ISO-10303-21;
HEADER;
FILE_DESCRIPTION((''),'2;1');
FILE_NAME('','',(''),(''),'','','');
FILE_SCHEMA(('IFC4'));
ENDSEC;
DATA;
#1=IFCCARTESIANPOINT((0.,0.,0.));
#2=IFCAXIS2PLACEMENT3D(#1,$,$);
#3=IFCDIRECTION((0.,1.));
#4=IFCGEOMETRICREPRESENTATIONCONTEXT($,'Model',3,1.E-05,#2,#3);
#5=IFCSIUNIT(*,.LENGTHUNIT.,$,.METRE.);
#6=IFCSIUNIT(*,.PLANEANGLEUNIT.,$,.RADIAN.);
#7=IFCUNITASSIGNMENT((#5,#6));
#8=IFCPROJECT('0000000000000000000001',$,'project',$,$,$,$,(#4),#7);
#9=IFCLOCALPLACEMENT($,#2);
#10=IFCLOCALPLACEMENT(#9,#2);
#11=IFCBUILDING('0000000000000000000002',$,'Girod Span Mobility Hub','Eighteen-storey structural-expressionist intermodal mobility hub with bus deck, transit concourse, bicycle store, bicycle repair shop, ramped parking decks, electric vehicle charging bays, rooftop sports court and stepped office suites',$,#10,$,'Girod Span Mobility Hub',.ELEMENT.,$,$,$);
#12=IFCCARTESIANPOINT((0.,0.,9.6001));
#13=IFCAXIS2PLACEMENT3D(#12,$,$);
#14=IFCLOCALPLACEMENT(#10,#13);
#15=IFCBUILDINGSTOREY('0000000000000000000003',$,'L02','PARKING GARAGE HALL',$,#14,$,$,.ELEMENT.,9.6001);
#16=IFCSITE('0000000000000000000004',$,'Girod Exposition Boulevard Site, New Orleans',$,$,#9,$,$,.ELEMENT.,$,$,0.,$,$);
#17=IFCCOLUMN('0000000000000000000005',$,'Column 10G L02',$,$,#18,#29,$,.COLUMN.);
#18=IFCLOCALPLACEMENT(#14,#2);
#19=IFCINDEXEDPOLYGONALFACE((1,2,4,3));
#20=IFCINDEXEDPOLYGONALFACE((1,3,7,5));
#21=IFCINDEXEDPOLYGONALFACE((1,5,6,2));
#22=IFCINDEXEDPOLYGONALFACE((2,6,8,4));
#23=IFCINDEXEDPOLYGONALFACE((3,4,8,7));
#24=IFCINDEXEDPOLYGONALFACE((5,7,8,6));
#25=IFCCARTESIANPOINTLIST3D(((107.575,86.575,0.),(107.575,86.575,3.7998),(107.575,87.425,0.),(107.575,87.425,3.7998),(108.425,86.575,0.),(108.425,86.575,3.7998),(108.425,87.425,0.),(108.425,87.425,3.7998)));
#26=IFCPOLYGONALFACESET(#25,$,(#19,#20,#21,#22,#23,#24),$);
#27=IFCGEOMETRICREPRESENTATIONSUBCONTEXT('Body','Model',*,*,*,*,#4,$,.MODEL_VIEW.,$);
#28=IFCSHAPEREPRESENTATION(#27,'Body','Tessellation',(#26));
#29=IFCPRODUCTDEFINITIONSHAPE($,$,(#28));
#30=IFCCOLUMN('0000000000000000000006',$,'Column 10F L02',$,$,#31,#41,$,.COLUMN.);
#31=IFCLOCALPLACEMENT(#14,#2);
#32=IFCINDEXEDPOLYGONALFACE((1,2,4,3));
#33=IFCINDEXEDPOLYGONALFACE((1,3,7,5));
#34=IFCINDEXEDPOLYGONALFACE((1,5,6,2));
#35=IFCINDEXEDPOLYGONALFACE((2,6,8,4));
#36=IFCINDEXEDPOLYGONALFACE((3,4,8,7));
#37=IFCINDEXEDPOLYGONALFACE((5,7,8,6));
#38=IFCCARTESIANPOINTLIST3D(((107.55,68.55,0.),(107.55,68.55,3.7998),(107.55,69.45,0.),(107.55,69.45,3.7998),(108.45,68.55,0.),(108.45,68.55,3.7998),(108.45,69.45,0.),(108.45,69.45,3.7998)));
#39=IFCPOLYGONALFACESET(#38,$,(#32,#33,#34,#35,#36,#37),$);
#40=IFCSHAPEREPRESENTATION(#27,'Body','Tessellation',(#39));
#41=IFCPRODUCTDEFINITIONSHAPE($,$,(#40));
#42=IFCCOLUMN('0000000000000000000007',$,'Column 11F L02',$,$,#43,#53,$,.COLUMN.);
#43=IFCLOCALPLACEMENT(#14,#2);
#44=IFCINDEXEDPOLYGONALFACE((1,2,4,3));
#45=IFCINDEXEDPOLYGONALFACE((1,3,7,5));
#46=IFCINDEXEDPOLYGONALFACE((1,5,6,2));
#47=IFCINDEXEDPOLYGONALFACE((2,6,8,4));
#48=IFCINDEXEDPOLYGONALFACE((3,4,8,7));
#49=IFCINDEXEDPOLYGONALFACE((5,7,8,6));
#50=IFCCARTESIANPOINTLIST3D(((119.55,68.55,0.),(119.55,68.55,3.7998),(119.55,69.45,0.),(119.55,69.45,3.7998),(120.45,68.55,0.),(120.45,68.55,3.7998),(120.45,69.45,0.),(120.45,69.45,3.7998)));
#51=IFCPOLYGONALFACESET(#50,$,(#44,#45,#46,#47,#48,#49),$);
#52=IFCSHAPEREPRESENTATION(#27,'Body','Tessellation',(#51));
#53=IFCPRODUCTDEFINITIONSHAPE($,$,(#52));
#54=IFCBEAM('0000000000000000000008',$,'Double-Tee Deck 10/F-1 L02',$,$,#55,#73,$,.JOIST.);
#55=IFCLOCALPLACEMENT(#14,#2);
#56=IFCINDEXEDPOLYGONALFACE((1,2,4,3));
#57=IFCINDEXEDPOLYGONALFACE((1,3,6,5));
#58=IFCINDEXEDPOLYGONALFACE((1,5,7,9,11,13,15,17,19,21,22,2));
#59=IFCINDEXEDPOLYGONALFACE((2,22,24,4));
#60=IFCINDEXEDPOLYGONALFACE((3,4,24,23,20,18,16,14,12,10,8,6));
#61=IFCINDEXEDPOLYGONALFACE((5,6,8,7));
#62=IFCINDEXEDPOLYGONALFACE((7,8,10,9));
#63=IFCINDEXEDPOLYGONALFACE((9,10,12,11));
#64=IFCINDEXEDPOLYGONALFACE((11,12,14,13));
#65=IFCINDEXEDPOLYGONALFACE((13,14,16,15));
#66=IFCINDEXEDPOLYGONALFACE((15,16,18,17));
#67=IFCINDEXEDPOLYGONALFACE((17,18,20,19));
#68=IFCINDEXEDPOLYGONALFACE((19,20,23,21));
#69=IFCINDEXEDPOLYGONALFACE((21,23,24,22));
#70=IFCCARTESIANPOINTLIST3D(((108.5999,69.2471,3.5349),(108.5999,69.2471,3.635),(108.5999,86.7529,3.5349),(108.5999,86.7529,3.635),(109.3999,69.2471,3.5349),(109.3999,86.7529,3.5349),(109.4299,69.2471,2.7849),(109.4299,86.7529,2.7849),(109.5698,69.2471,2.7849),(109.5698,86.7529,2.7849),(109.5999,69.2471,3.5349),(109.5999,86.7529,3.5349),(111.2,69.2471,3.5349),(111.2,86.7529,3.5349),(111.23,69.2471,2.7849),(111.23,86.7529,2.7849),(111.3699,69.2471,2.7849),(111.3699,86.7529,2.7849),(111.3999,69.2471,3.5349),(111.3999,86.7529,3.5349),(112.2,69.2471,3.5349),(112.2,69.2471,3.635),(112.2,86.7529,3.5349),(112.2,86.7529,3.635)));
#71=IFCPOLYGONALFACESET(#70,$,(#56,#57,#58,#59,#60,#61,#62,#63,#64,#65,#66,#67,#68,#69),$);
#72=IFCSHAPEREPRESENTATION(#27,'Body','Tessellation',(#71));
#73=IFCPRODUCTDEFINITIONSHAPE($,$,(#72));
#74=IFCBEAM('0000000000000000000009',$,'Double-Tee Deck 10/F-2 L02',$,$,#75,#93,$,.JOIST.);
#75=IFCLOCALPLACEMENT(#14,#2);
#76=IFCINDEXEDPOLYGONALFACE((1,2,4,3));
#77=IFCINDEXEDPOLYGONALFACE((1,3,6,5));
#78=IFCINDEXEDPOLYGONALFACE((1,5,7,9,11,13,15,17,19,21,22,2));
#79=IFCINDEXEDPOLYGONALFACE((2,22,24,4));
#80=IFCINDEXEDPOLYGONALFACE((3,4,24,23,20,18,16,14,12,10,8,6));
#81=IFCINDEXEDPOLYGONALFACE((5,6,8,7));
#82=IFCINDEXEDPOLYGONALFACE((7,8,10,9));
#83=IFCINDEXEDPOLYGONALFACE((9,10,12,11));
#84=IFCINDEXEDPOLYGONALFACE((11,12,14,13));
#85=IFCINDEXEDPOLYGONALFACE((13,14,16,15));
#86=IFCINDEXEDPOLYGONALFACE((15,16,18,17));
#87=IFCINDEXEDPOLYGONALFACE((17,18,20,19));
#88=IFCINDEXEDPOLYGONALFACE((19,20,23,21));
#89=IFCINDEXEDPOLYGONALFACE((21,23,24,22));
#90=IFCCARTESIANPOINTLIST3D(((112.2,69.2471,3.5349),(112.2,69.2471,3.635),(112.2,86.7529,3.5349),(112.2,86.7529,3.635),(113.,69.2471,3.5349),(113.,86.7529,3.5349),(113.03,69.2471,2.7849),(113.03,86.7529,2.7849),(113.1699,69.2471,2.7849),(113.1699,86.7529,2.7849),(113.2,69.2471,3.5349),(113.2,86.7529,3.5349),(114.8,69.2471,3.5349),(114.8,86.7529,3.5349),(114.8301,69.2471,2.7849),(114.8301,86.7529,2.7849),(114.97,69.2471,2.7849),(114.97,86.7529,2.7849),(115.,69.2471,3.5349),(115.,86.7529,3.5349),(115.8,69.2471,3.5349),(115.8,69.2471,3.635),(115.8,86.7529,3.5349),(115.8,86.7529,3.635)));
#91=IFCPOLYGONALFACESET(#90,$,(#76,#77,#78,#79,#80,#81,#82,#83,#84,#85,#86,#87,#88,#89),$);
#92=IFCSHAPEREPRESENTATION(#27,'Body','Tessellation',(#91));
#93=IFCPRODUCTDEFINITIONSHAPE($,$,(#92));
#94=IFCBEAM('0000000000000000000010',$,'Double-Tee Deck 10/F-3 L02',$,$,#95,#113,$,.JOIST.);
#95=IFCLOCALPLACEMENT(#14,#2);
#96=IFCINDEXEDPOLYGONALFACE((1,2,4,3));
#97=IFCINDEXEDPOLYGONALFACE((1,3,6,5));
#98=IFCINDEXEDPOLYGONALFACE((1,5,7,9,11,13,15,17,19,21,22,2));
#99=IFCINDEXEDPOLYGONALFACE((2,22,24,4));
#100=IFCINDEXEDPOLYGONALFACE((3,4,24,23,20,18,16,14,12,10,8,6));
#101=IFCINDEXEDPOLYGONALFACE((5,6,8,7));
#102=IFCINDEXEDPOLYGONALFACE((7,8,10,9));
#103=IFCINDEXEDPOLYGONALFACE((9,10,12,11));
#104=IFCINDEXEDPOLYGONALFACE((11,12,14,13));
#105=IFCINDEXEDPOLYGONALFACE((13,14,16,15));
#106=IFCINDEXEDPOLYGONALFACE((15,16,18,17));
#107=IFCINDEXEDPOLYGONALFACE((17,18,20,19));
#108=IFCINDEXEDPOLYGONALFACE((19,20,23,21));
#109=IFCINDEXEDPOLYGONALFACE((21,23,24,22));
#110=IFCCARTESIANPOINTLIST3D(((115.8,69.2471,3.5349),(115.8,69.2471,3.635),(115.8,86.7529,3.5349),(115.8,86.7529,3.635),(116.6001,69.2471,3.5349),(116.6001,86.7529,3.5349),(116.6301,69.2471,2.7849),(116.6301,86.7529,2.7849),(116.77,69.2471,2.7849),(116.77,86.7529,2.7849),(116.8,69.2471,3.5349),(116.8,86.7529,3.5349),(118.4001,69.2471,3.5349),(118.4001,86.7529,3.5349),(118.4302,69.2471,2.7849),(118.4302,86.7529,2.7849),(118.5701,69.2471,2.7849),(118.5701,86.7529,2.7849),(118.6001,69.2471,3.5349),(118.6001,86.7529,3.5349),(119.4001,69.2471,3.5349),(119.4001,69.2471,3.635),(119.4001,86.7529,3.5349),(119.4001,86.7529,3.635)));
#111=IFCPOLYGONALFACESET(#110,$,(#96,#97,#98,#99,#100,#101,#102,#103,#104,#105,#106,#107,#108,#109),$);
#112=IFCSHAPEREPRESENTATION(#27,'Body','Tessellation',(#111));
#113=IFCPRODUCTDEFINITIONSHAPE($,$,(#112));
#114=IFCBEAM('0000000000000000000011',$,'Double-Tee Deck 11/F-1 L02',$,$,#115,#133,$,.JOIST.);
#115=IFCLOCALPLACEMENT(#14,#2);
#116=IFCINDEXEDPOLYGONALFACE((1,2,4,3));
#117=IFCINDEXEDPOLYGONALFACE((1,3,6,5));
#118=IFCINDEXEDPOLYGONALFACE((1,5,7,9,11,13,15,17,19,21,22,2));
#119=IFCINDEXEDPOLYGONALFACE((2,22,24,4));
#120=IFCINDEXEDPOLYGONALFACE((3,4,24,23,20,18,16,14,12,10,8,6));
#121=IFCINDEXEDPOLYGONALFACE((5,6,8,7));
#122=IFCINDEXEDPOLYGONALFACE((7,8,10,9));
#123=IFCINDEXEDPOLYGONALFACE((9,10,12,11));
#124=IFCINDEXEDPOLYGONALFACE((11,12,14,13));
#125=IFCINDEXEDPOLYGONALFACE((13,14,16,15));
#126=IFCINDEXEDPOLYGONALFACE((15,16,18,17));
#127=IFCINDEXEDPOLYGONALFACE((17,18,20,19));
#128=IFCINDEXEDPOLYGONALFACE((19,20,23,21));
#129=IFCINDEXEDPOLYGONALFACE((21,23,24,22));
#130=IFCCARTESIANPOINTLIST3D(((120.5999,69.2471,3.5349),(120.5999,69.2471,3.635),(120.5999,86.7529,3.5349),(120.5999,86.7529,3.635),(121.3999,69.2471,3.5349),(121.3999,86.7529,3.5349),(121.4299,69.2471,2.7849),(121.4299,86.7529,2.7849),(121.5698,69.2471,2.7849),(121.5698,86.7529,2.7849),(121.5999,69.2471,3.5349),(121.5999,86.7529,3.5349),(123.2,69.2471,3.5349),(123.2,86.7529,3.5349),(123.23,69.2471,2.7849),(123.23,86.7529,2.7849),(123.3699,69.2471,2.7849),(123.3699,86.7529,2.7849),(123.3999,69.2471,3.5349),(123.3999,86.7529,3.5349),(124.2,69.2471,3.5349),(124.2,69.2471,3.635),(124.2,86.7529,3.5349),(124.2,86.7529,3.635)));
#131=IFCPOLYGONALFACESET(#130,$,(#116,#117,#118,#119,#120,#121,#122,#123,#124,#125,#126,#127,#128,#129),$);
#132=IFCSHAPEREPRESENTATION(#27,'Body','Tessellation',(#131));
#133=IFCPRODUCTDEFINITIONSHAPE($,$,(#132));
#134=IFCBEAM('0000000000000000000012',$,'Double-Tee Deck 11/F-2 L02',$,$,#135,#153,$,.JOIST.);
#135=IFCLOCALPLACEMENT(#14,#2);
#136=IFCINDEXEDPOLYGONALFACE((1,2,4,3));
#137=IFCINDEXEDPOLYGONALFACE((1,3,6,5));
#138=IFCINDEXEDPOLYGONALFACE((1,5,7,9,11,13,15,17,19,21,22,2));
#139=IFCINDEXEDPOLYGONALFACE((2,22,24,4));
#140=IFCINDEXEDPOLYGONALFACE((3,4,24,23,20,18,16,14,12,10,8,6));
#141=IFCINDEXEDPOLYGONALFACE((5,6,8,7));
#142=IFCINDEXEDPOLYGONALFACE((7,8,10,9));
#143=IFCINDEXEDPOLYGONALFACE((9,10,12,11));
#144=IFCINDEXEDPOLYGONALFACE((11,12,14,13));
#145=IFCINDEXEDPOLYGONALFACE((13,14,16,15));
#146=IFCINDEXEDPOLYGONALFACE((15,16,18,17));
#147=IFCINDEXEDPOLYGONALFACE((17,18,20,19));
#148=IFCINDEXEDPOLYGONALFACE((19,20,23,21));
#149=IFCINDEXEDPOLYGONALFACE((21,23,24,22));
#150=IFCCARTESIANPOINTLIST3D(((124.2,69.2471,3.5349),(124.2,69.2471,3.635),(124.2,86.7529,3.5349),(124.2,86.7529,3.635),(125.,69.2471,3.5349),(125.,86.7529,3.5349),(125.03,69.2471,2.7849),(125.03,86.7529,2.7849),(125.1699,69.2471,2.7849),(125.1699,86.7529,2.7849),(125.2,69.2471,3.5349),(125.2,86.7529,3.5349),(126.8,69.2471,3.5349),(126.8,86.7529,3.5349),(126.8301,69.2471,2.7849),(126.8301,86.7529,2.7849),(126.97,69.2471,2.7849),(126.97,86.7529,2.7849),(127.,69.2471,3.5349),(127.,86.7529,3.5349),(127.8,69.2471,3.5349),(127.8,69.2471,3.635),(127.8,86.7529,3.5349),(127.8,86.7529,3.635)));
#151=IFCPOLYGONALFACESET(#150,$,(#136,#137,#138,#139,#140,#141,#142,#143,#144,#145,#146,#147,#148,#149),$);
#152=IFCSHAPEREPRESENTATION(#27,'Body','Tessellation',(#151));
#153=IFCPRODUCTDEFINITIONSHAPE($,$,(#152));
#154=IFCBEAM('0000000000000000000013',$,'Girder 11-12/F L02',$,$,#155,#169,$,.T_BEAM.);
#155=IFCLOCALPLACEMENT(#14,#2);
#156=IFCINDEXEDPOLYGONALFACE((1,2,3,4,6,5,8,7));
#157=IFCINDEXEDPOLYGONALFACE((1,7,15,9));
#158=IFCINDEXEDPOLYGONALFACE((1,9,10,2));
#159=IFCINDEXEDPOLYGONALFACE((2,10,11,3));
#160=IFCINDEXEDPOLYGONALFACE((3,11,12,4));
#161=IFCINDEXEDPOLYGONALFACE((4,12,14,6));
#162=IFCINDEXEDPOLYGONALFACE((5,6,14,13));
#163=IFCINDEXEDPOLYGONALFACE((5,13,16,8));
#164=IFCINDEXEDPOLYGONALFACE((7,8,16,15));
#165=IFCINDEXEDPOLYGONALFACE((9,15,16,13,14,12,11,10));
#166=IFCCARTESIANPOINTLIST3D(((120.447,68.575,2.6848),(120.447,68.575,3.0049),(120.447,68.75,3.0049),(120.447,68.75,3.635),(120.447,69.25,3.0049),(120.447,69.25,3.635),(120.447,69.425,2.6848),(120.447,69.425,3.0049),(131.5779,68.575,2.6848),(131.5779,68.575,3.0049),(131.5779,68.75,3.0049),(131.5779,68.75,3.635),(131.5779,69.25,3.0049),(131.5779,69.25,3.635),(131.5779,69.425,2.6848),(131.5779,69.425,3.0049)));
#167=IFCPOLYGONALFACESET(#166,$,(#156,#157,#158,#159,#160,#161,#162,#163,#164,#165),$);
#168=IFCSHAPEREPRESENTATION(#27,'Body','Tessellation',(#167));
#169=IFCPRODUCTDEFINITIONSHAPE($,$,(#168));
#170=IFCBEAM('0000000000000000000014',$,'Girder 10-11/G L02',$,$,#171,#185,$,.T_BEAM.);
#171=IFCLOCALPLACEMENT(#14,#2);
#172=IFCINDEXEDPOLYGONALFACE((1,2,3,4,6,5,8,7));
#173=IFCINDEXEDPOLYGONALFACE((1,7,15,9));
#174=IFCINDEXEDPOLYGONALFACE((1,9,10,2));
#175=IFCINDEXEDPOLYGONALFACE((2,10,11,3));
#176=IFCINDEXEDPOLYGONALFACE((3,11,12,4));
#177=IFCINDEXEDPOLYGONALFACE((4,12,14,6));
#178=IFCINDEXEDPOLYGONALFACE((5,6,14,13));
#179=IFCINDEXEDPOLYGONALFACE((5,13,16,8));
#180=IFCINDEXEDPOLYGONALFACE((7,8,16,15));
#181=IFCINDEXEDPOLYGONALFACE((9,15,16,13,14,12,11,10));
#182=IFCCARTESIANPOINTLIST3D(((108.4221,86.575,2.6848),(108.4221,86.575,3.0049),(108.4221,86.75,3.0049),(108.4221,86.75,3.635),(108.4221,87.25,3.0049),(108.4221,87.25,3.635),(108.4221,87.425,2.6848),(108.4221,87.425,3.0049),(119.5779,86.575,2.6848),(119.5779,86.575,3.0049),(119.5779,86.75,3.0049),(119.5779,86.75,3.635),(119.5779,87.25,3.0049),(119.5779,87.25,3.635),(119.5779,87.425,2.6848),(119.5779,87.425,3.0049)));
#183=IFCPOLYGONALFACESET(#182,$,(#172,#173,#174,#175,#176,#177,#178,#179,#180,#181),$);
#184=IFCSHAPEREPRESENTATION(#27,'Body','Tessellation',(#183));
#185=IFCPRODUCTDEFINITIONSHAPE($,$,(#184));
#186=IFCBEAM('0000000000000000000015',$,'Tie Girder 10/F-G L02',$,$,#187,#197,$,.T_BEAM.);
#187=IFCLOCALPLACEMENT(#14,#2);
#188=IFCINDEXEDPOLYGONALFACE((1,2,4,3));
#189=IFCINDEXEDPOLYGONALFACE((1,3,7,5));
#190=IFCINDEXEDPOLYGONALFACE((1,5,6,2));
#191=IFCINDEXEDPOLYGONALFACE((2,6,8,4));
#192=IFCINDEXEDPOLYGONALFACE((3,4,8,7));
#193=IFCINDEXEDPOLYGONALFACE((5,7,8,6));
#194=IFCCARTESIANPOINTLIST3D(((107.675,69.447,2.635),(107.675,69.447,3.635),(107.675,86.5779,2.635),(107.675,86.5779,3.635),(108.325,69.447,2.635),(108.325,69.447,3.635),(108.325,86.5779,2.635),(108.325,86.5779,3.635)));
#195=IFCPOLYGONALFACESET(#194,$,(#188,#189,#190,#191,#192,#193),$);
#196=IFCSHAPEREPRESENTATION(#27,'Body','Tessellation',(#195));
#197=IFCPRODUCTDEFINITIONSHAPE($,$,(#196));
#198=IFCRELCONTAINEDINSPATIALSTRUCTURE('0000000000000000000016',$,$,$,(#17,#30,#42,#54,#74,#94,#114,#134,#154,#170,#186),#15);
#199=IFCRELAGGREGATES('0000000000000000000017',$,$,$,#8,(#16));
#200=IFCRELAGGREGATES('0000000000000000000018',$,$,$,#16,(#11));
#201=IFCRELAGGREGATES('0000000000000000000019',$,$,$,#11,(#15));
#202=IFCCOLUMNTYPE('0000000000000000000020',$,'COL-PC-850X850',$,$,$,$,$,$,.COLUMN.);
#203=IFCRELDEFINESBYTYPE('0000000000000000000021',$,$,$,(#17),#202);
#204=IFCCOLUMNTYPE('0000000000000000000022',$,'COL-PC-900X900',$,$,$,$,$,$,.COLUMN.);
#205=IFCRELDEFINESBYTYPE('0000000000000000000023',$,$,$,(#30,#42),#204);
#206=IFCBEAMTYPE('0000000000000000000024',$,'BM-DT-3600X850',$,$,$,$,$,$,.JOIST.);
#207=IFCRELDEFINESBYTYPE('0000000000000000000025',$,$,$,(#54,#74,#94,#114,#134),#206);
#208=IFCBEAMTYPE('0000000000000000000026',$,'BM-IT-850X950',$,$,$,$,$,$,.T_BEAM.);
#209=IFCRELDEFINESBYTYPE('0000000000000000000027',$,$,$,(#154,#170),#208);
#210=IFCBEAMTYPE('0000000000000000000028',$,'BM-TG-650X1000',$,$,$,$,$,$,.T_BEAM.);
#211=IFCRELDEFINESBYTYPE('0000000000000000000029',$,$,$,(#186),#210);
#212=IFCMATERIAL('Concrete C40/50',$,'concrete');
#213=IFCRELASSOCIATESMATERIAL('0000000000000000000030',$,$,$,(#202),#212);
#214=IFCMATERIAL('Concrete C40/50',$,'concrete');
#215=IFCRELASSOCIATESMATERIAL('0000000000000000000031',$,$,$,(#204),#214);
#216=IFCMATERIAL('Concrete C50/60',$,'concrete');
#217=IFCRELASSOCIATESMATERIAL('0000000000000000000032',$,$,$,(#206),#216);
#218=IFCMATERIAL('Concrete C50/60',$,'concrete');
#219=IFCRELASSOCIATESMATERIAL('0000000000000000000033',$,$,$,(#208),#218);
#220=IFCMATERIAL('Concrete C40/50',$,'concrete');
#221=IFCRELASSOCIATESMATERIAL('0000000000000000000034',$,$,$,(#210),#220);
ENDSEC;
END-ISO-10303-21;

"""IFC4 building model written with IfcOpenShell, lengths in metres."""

from ifc_helpers import new_model, si_unit, direction, frame, origin, origin_2d, place, context, subcontext, project, spatial, polyline, rectangle, outline, extrude, material, material_profile, profile_set, type_object, element, save


model = new_model("IFC4")

# Units and contexts
model_context = context("Model", 3, precision=1e-05, world=origin(), true_north=direction((0.0, 1.0)))
body_context = subcontext(model_context, "Body", "Model", "MODEL_VIEW")
ifc_project = project(units=[si_unit("LENGTHUNIT", "METRE"), si_unit("PLANEANGLEUNIT", "RADIAN")], contexts=[model_context])

# Site, building, storey
site_placement = place(None, origin())
site = spatial("IfcSite", under=ifc_project, at=site_placement, Name="Girod Exposition Boulevard Site, New Orleans", CompositionType="ELEMENT", RefElevation=0.0)
building_placement = place(site_placement, origin())
building = spatial("IfcBuilding", under=site, at=building_placement, Name="Girod Span Mobility Hub", Description="Eighteen-storey structural-expressionist intermodal mobility hub with bus deck, transit concourse, bicycle store, bicycle repair shop, ramped parking decks, electric vehicle charging bays, rooftop sports court and stepped office suites", LongName="Girod Span Mobility Hub", CompositionType="ELEMENT")
storey_placement = place(building_placement, frame((0.0, 0.0, 9.6001)))
storey = spatial("IfcBuildingStorey", under=building, at=storey_placement, Name="L02", Description="PARKING GARAGE HALL", CompositionType="ELEMENT", Elevation=9.6001)

# Columns
ifc_material_1 = material(Name="Concrete C40/50", Category="concrete")
ifc_material_profile_1 = material_profile(ifc_material_1, rectangle(XDim=0.8501, YDim=0.8501, at=origin_2d()), Name="PC-COL-850X850")
ifc_profile_set_1 = profile_set([ifc_material_profile_1], Name="Concrete C40/50")
column_type_1 = type_object("IfcColumnType", Name="COL-PC-850X850", PredefinedType="COLUMN", material=ifc_profile_set_1)
column_placement = place(storey_placement, frame((108.0, 87.0, 0.0), z_axis=(0.0, 0.0, 1.0), x_axis=(1.0, 0.0, 0.0)))
element("IfcColumn", 1, at=column_placement, inside=storey, type_object=column_type_1, Name="Column 10G L02", PredefinedType="COLUMN", context=body_context, shape_type="SweptSolid", body=[
    extrude(rectangle(XDim=0.8501, YDim=0.8501, at=origin_2d()), origin(), (0.0, 0.0, 1.0), 3.7998),
])
ifc_material_2 = material(Name="Concrete C40/50", Category="concrete")
ifc_material_profile_2 = material_profile(ifc_material_2, rectangle(XDim=0.8999, YDim=0.8999, at=origin_2d()), Name="PC-COL-900X900")
ifc_profile_set_2 = profile_set([ifc_material_profile_2], Name="Concrete C40/50")
column_type_2 = type_object("IfcColumnType", Name="COL-PC-900X900", PredefinedType="COLUMN", material=ifc_profile_set_2)
for number, where, z_axis, x_axis, name in (
    (2, (108.0, 69.0, 0.0), (0.0, 0.0, 1.0), (1.0, 0.0, 0.0), "Column 10F L02"),
    (3, (120.0, 69.0, 0.0), (0.0, 0.0, 1.0), (1.0, 0.0, 0.0), "Column 11F L02"),
):
    element("IfcColumn", number, at=place(storey_placement, frame(where, z_axis=z_axis, x_axis=x_axis)), inside=storey, type_object=column_type_2, Name=name, PredefinedType="COLUMN", context=body_context, shape_type="SweptSolid", body=[
        extrude(rectangle(XDim=0.8999, YDim=0.8999, at=origin_2d()), origin(), (0.0, 0.0, 1.0), 3.7998),
    ])

# Beams
ifc_material_3 = material(Name="Concrete C50/60", Category="concrete")
ifc_material_profile_3 = material_profile(ifc_material_3, outline(polyline([(-1.8, 0.425), (-1.8, 0.325), (-1.0, 0.325), (-0.97, -0.425), (-0.8301, -0.425), (-0.8, 0.325), (0.8, 0.325), (0.8301, -0.425), (0.97, -0.425), (1.0, 0.325), (1.8, 0.325), (1.8, 0.425), (-1.8, 0.425)])), Name="DT-3600X850")
ifc_profile_set_3 = profile_set([ifc_material_profile_3], Name="Concrete C50/60")
beam_type_1 = type_object("IfcBeamType", Name="BM-DT-3600X850", PredefinedType="JOIST", material=ifc_profile_set_3)
for number, where, z_axis, x_axis, name in (
    (4, (110.3999, 69.2471, 3.21), (0.0, 1.0, 0.0), (-1.0, 0.0, 0.0), "Double-Tee Deck 10/F-1 L02"),
    (5, (114.0, 69.2471, 3.21), (0.0, 1.0, 0.0), (-1.0, 0.0, 0.0), "Double-Tee Deck 10/F-2 L02"),
    (6, (117.6001, 69.2471, 3.21), (0.0, 1.0, 0.0), (-1.0, 0.0, 0.0), "Double-Tee Deck 10/F-3 L02"),
    (7, (122.3999, 69.2471, 3.21), (0.0, 1.0, 0.0), (-1.0, 0.0, 0.0), "Double-Tee Deck 11/F-1 L02"),
    (8, (126.0, 69.2471, 3.21), (0.0, 1.0, 0.0), (-1.0, 0.0, 0.0), "Double-Tee Deck 11/F-2 L02"),
):
    element("IfcBeam", number, at=place(storey_placement, frame(where, z_axis=z_axis, x_axis=x_axis)), inside=storey, type_object=beam_type_1, Name=name, PredefinedType="JOIST", context=body_context, shape_type="SweptSolid", body=[
        extrude(outline(polyline([(-1.8, 0.425), (-1.8, 0.325), (-1.0, 0.325), (-0.97, -0.425), (-0.8301, -0.425), (-0.8, 0.325), (0.8, 0.325), (0.8301, -0.425), (0.97, -0.425), (1.0, 0.325), (1.8, 0.325), (1.8, 0.425), (-1.8, 0.425)])), origin(), (0.0, 0.0, 1.0), 17.5059),
    ])
ifc_material_4 = material(Name="Concrete C50/60", Category="concrete")
ifc_material_profile_4 = material_profile(ifc_material_4, outline(polyline([(-0.425, -0.4751), (0.425, -0.4751), (0.425, -0.155), (0.25, -0.155), (0.25, 0.4751), (-0.25, 0.4751), (-0.25, -0.155), (-0.425, -0.155), (-0.425, -0.4751)])), Name="IT-850X950")
ifc_profile_set_4 = profile_set([ifc_material_profile_4], Name="Concrete C50/60")
beam_type_2 = type_object("IfcBeamType", Name="BM-IT-850X950", PredefinedType="T_BEAM", material=ifc_profile_set_4)
beam_1_placement = place(storey_placement, frame((120.447, 69.0, 3.1599), z_axis=(1.0, 0.0, 0.0), x_axis=(0.0, 1.0, 0.0)))
element("IfcBeam", 9, at=beam_1_placement, inside=storey, type_object=beam_type_2, Name="Girder 11-12/F L02", PredefinedType="T_BEAM", context=body_context, shape_type="SweptSolid", body=[
    extrude(outline(polyline([(-0.425, -0.4751), (0.425, -0.4751), (0.425, -0.155), (0.25, -0.155), (0.25, 0.4751), (-0.25, 0.4751), (-0.25, -0.155), (-0.425, -0.155), (-0.425, -0.4751)])), origin(), (0.0, 0.0, 1.0), 11.1309),
])
beam_2_placement = place(storey_placement, frame((108.4221, 87.0, 3.1599), z_axis=(1.0, 0.0, 0.0), x_axis=(0.0, 1.0, 0.0)))
element("IfcBeam", 10, at=beam_2_placement, inside=storey, type_object=beam_type_2, Name="Girder 10-11/G L02", PredefinedType="T_BEAM", context=body_context, shape_type="SweptSolid", body=[
    extrude(outline(polyline([(-0.425, -0.4751), (0.425, -0.4751), (0.425, -0.155), (0.25, -0.155), (0.25, 0.4751), (-0.25, 0.4751), (-0.25, -0.155), (-0.425, -0.155), (-0.425, -0.4751)])), origin(), (0.0, 0.0, 1.0), 11.1558),
])
ifc_material_5 = material(Name="Concrete C40/50", Category="concrete")
ifc_material_profile_5 = material_profile(ifc_material_5, rectangle(XDim=0.6499, YDim=1.0, at=origin_2d()), Name="TG-650X1000")
ifc_profile_set_5 = profile_set([ifc_material_profile_5], Name="Concrete C40/50")
beam_type_3 = type_object("IfcBeamType", Name="BM-TG-650X1000", PredefinedType="T_BEAM", material=ifc_profile_set_5)
for number, where, z_axis, x_axis, name in (
    (11, (108.0, 69.447, 3.135), (0.0, 1.0, 0.0), (-1.0, 0.0, 0.0), "Tie Girder 10/F-G L02"),
):
    element("IfcBeam", number, at=place(storey_placement, frame(where, z_axis=z_axis, x_axis=x_axis)), inside=storey, type_object=beam_type_3, Name=name, PredefinedType="T_BEAM", context=body_context, shape_type="SweptSolid", body=[
        extrude(rectangle(XDim=0.6499, YDim=1.0, at=origin_2d()), origin(), (0.0, 0.0, 1.0), 17.1309),
    ])

save(model, "model.ifc")
